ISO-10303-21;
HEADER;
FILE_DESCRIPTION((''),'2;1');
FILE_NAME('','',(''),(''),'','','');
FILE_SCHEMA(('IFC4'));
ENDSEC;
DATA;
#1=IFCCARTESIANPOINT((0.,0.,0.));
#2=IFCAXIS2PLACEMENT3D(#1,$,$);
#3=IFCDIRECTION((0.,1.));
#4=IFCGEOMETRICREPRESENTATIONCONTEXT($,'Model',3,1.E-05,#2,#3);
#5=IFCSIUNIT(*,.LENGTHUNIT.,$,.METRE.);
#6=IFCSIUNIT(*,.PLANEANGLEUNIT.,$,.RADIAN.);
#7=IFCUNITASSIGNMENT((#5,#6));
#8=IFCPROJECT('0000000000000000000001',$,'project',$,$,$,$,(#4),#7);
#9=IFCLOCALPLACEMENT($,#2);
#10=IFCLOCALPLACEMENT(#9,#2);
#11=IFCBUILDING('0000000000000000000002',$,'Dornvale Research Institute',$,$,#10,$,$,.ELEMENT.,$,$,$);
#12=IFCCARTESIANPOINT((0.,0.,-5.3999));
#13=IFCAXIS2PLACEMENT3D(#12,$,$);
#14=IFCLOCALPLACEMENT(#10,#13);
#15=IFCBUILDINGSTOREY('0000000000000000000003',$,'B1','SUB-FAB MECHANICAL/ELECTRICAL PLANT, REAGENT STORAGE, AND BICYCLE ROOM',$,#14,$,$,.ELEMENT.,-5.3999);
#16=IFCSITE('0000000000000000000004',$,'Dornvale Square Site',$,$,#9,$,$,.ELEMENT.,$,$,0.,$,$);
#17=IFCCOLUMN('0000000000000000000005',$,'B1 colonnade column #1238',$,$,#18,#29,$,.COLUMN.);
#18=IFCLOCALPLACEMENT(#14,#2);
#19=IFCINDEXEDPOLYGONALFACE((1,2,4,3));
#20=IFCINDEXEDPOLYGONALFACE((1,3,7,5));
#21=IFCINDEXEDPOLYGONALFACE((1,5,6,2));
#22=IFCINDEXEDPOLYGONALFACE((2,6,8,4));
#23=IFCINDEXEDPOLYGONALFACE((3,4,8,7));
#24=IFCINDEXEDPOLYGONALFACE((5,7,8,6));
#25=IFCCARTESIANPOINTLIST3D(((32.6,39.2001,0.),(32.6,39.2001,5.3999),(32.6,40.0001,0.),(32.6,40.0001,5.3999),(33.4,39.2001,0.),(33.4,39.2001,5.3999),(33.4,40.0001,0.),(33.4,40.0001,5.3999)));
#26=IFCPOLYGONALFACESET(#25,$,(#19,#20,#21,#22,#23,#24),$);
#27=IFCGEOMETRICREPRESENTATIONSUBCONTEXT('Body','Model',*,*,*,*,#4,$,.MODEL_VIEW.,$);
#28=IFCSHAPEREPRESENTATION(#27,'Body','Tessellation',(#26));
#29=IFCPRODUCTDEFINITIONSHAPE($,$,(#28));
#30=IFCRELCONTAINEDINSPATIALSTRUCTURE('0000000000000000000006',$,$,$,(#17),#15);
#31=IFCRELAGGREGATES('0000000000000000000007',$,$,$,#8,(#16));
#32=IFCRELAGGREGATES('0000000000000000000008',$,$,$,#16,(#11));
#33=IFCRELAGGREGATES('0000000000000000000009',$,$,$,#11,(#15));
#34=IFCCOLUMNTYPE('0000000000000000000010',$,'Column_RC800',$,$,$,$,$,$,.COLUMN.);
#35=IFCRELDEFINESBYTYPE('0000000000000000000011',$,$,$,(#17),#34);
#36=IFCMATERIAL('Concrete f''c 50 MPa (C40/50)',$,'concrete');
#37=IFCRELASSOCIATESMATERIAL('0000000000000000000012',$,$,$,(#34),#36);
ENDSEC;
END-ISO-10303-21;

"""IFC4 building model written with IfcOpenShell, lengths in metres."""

from ifc_helpers import new_model, si_unit, direction, frame, origin, origin_2d, place, context, subcontext, project, spatial, rectangle, extrude, material, material_profile, profile_set, type_object, element, save


model = new_model("IFC4")

# Units and contexts
model_context = context("Model", 3, precision=1e-05, world=origin(), true_north=direction((0.0, 1.0)))
body_context = subcontext(model_context, "Body", "Model", "MODEL_VIEW")
ifc_project = project(units=[si_unit("LENGTHUNIT", "METRE"), si_unit("PLANEANGLEUNIT", "RADIAN")], contexts=[model_context])

# Site, building, storey
site_placement = place(None, origin())
site = spatial("IfcSite", under=ifc_project, at=site_placement, Name="Dornvale Square Site", CompositionType="ELEMENT", RefElevation=0.0)
building_placement = place(site_placement, origin())
building = spatial("IfcBuilding", under=site, at=building_placement, Name="Dornvale Research Institute", CompositionType="ELEMENT")
storey_placement = place(building_placement, frame((0.0, 0.0, -5.3999)))
storey = spatial("IfcBuildingStorey", under=building, at=storey_placement, Name="B1", Description="SUB-FAB MECHANICAL/ELECTRICAL PLANT, REAGENT STORAGE, AND BICYCLE ROOM", CompositionType="ELEMENT", Elevation=-5.3999)

# Column
ifc_material_1 = material(Name="Concrete f'c 50 MPa (C40/50)", Category="concrete")
ifc_material_profile_1 = material_profile(ifc_material_1, rectangle(XDim=0.8, YDim=0.8, at=origin_2d()), Name="RC 800x800")
ifc_profile_set_1 = profile_set([ifc_material_profile_1], Name="Concrete f'c 50 MPa (C40/50)")
column_type = type_object("IfcColumnType", Name="Column_RC800", PredefinedType="COLUMN", material=ifc_profile_set_1)
for number, where, z_axis, x_axis, name in (
    (1, (33.0, 39.6001, 0.0), (0.0, 0.0, 1.0), (1.0, 0.0, 0.0), "B1 colonnade column #1238"),
):
    element("IfcColumn", number, at=place(storey_placement, frame(where, z_axis=z_axis, x_axis=x_axis)), inside=storey, type_object=column_type, Name=name, PredefinedType="COLUMN", context=body_context, shape_type="SweptSolid", body=[
        extrude(rectangle(XDim=0.8, YDim=0.8, at=origin_2d()), origin(), (0.0, 0.0, 1.0), 5.3999),
    ])

save(model, "model.ifc")
